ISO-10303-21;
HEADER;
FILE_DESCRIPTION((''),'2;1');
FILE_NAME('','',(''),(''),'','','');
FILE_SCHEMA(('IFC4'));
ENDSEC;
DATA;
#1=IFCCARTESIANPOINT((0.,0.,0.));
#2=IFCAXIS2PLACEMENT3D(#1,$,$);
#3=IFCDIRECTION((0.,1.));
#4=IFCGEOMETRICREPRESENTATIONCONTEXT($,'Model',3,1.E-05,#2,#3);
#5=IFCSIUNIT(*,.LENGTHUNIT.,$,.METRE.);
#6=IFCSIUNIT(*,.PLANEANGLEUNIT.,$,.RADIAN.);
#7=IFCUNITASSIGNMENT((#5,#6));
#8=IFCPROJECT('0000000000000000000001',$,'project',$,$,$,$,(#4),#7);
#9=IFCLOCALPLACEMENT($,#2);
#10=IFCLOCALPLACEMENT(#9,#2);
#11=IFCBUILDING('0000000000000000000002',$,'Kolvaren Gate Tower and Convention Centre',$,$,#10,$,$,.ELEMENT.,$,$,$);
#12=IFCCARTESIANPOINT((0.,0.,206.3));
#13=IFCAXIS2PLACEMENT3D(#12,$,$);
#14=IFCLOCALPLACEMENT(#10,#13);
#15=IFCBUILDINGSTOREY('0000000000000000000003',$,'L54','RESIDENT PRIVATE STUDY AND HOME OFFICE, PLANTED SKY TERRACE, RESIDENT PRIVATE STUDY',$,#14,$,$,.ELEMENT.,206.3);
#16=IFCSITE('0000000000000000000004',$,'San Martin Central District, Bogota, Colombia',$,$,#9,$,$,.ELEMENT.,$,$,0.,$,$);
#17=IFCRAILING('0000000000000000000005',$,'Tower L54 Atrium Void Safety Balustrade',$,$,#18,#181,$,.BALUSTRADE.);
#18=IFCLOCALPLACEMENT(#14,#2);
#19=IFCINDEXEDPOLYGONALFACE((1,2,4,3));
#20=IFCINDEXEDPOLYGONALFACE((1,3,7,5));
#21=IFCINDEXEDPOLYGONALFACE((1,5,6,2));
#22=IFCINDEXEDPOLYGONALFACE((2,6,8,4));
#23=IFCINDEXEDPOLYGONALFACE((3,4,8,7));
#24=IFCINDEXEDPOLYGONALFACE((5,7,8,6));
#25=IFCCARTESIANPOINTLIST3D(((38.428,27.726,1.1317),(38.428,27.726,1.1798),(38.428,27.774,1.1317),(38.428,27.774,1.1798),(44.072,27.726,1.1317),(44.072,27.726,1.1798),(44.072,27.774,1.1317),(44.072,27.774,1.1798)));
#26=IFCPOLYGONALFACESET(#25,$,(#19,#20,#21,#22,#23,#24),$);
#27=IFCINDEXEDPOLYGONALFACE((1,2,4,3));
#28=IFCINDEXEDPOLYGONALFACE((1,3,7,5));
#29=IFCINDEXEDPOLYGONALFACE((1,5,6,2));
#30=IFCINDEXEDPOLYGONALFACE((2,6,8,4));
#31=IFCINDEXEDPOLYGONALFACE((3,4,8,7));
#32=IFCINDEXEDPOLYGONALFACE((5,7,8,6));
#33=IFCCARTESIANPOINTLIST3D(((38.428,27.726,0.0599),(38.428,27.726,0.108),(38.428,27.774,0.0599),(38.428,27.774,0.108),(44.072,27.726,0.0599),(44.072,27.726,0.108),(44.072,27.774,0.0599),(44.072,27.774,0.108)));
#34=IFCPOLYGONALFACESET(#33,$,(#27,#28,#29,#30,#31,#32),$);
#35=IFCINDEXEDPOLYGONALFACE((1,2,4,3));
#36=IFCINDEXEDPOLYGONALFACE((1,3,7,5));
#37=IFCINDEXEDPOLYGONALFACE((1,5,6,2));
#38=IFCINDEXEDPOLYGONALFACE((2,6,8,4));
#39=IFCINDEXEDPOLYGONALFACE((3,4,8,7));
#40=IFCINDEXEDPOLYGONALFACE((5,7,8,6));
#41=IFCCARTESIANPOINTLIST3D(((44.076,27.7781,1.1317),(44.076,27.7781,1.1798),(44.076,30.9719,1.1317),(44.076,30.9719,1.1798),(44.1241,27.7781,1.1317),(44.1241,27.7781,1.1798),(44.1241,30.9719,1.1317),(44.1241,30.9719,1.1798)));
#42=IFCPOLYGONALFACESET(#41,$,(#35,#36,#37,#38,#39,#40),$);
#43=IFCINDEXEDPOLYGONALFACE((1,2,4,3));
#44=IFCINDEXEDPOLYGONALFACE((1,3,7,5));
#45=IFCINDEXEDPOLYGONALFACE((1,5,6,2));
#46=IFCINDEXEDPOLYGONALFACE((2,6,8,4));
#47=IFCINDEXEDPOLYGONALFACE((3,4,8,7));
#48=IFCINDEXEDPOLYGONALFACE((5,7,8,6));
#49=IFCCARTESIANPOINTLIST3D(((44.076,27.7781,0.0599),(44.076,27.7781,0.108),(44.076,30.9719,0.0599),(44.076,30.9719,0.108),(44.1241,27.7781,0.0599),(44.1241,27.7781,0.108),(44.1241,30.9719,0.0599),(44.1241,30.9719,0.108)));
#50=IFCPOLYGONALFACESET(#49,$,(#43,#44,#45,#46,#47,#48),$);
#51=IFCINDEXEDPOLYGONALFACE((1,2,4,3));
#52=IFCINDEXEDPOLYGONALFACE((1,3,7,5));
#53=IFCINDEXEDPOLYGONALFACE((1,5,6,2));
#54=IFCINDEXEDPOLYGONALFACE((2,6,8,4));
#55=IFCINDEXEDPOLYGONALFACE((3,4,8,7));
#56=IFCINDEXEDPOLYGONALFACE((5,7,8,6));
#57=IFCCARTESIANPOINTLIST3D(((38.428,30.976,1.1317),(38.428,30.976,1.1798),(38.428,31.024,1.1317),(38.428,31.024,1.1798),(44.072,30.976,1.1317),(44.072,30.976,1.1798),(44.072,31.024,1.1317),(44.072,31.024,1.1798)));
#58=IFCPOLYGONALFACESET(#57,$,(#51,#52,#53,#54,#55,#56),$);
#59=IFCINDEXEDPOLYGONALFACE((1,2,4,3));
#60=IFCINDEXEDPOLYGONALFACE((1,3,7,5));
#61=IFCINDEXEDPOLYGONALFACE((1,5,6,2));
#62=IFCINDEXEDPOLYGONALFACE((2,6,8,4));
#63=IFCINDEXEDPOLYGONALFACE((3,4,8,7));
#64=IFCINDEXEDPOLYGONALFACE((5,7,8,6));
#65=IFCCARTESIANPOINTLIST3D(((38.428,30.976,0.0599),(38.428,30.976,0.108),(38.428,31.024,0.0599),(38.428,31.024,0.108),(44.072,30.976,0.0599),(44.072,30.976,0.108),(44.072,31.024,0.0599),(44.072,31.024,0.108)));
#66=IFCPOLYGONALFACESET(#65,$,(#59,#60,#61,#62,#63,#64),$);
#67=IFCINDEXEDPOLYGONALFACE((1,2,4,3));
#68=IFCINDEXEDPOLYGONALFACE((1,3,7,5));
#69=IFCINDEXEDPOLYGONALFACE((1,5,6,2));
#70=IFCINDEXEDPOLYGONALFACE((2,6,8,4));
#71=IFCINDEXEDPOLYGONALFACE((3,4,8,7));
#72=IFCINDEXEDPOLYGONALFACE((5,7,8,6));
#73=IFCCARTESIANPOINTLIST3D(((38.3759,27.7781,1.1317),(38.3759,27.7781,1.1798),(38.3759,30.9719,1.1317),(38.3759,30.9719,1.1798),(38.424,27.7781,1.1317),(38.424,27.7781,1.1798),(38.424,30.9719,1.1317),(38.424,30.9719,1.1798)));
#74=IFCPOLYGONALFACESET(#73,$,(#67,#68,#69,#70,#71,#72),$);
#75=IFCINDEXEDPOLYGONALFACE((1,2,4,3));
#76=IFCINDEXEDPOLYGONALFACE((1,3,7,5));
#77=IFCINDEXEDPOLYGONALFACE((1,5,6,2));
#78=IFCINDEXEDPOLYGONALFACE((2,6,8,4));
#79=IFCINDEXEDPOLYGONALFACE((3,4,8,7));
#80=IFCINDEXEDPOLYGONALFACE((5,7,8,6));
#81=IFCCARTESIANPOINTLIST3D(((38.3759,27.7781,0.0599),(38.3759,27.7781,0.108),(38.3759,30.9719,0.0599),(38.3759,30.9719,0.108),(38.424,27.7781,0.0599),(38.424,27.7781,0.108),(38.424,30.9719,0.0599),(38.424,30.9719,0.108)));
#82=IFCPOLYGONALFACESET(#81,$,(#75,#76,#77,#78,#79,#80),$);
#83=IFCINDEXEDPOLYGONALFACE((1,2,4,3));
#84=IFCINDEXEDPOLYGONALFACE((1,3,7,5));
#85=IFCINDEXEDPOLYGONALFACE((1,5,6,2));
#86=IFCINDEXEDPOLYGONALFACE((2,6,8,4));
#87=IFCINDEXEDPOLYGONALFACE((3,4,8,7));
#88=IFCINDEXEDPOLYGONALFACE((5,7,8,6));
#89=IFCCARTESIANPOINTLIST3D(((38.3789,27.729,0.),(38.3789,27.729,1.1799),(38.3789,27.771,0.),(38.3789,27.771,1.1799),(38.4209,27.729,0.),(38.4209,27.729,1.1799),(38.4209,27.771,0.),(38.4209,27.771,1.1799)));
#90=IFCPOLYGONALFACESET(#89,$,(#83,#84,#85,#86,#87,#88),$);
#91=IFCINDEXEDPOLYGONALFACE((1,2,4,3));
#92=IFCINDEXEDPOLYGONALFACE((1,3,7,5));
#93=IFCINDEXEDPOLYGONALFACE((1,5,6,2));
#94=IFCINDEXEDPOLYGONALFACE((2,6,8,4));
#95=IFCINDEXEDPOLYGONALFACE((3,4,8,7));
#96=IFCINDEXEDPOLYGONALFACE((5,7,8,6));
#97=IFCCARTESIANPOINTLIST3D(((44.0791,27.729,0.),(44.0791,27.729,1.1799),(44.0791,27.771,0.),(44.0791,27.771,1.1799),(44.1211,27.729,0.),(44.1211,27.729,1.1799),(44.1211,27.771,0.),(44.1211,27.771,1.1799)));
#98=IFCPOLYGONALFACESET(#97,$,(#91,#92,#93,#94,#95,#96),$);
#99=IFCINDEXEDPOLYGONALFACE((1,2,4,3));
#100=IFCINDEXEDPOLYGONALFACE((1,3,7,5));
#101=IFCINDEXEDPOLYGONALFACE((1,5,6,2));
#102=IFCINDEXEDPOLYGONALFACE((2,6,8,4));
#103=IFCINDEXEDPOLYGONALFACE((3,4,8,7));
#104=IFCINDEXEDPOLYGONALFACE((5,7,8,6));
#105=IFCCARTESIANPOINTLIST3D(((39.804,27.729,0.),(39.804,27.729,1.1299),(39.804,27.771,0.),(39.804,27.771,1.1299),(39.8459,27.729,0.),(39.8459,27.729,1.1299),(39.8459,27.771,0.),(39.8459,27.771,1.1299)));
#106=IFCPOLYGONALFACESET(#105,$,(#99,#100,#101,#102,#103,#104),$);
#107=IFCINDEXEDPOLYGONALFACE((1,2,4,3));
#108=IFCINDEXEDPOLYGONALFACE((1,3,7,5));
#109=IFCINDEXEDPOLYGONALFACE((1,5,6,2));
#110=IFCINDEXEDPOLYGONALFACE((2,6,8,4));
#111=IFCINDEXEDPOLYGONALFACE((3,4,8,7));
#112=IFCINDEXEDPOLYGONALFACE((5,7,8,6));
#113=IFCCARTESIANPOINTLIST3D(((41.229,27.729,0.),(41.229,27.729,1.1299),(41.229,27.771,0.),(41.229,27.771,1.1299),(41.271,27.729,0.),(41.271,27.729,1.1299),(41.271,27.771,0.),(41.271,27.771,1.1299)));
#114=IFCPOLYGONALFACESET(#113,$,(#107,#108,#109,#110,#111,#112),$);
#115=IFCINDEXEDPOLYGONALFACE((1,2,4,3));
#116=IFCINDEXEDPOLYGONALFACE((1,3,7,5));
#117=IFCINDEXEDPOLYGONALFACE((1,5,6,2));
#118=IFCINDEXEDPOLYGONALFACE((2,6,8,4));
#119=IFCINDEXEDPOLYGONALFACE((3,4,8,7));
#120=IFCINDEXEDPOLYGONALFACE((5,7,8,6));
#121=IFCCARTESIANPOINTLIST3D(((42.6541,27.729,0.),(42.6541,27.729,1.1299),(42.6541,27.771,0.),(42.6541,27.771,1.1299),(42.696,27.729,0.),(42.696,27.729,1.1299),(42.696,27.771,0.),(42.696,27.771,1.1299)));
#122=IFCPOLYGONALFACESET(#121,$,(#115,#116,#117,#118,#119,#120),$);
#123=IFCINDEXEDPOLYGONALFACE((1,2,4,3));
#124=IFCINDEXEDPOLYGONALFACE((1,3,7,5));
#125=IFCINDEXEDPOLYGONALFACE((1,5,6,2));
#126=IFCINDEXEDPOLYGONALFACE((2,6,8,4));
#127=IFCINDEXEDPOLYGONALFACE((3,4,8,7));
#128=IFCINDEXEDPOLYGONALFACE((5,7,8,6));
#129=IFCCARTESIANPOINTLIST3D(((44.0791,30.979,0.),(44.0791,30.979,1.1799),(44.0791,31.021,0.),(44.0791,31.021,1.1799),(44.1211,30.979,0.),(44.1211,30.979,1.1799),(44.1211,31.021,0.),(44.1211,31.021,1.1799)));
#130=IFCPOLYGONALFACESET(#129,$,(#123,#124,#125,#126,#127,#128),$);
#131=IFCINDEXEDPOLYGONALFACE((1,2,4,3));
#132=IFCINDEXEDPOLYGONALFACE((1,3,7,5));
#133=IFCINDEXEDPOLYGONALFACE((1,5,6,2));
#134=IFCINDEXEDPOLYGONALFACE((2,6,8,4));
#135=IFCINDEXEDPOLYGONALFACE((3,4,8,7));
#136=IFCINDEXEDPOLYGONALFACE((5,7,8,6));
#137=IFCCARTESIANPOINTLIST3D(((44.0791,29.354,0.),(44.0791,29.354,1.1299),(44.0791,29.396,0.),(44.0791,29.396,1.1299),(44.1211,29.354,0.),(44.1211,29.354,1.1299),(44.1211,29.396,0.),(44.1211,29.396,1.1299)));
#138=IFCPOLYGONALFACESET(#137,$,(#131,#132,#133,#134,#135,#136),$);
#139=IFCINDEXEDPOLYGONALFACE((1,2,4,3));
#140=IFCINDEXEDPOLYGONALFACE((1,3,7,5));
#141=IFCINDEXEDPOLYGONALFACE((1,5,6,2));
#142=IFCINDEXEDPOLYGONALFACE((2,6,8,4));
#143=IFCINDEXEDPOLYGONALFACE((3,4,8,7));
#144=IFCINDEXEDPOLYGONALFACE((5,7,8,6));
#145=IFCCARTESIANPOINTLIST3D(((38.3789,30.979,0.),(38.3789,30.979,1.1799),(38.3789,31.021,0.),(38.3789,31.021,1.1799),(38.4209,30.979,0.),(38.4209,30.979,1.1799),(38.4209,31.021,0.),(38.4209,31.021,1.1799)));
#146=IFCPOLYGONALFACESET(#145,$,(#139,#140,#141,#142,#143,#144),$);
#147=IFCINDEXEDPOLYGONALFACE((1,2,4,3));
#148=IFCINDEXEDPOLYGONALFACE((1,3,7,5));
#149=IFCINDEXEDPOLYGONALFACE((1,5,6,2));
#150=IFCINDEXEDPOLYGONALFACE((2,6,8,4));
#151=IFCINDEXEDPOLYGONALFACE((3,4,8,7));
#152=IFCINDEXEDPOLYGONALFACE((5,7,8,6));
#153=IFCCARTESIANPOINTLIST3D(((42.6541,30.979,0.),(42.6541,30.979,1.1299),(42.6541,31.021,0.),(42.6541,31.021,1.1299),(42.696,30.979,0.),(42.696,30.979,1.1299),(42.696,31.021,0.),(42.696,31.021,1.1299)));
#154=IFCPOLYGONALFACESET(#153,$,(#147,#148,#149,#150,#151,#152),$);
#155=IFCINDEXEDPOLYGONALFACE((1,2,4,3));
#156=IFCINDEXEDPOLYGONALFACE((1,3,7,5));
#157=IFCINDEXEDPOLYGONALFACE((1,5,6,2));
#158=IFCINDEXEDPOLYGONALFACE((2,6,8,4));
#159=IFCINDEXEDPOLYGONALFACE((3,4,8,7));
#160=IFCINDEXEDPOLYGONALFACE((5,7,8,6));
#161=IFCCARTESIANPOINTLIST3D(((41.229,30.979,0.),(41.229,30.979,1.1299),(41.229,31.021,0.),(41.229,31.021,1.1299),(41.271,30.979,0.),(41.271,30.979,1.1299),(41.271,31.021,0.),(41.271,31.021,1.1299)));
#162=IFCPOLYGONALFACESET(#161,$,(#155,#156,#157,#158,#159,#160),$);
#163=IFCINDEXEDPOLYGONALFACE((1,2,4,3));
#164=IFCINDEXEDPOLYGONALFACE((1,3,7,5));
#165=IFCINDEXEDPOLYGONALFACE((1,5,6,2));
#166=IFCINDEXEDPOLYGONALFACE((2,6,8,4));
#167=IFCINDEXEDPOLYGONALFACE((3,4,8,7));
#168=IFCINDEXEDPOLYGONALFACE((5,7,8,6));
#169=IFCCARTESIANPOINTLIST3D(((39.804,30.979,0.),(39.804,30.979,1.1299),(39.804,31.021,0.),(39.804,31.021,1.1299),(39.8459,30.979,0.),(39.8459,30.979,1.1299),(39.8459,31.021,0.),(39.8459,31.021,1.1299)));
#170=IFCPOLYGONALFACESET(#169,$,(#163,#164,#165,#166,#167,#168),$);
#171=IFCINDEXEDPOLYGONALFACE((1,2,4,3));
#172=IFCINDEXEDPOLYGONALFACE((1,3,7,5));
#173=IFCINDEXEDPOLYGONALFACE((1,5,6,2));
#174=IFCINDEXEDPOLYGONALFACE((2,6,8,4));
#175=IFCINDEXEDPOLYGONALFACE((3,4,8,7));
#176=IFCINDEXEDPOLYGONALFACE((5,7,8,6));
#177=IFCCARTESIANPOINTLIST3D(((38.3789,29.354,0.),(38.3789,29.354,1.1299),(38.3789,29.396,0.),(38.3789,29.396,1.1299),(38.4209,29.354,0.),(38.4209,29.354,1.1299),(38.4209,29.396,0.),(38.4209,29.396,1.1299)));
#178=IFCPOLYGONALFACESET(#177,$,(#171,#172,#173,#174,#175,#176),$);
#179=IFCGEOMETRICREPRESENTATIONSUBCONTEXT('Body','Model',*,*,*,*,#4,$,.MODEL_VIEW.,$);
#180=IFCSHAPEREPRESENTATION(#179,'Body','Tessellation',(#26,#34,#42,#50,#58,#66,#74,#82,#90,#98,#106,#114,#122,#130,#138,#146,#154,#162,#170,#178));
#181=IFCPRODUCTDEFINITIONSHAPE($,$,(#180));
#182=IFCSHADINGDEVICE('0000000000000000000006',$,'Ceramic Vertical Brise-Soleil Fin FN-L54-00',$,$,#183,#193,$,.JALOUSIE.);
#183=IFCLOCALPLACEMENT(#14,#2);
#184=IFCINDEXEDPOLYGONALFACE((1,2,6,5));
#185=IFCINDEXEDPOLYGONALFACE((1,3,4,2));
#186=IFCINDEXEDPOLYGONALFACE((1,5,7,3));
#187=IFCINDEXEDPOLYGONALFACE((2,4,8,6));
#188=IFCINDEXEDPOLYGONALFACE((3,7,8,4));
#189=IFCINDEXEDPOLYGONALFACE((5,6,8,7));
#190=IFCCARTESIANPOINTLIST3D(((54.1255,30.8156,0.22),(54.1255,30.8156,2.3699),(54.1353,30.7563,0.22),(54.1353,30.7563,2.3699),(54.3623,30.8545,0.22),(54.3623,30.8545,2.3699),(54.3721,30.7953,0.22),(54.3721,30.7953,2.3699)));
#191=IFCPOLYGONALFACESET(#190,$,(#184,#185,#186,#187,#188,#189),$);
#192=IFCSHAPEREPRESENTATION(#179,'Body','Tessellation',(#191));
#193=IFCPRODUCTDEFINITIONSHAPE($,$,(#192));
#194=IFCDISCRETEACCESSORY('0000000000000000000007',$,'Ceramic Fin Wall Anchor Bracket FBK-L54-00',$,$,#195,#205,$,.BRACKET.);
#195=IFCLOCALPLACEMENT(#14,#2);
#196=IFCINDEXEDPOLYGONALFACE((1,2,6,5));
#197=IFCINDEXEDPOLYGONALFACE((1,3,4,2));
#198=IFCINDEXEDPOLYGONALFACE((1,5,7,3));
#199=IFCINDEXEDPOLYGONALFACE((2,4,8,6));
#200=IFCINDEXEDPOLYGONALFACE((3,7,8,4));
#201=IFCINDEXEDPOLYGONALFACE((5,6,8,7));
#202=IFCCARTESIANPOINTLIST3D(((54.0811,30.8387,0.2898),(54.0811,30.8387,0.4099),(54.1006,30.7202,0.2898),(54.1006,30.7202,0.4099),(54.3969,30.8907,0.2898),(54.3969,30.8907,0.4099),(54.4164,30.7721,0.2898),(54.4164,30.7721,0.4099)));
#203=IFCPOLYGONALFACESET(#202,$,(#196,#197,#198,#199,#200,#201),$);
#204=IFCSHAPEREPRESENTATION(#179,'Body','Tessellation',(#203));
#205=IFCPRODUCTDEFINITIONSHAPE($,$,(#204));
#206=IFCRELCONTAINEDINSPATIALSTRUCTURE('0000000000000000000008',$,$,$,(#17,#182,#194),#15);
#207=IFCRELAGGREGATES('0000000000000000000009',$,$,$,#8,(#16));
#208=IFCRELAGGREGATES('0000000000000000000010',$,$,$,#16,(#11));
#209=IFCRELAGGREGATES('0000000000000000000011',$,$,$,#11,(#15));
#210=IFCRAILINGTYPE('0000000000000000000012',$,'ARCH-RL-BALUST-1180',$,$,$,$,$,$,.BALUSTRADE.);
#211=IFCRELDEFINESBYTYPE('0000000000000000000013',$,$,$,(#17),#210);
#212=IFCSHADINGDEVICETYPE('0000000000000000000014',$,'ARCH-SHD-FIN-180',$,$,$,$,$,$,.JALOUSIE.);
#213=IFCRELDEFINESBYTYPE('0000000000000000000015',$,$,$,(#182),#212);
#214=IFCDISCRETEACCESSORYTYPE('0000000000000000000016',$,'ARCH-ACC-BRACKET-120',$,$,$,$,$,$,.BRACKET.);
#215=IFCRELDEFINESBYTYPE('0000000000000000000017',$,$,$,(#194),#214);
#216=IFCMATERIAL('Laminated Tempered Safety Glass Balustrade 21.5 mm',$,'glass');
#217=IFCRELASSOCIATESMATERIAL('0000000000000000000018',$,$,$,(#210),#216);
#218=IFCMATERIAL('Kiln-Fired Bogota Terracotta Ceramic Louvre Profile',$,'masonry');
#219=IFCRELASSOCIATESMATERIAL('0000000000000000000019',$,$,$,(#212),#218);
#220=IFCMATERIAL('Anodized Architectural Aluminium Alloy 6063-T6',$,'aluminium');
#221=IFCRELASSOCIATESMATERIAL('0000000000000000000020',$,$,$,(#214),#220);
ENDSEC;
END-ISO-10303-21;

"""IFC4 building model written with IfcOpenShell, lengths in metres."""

from ifc_helpers import new_model, si_unit, direction, frame, origin, origin_2d, place, context, subcontext, project, spatial, rectangle, extrude, material, type_object, element, save


model = new_model("IFC4")

# Units and contexts
model_context = context("Model", 3, precision=1e-05, world=origin(), true_north=direction((0.0, 1.0)))
body_context = subcontext(model_context, "Body", "Model", "MODEL_VIEW")
ifc_project = project(units=[si_unit("LENGTHUNIT", "METRE"), si_unit("PLANEANGLEUNIT", "RADIAN")], contexts=[model_context])

# Site, building, storey
site_placement = place(None, origin())
site = spatial("IfcSite", under=ifc_project, at=site_placement, Name="San Martin Central District, Bogota, Colombia", CompositionType="ELEMENT", RefElevation=0.0)
building_placement = place(site_placement, origin())
building = spatial("IfcBuilding", under=site, at=building_placement, Name="Kolvaren Gate Tower and Convention Centre", CompositionType="ELEMENT")
storey_placement = place(building_placement, frame((0.0, 0.0, 206.3)))
storey = spatial("IfcBuildingStorey", under=building, at=storey_placement, Name="L54", Description="RESIDENT PRIVATE STUDY AND HOME OFFICE, PLANTED SKY TERRACE, RESIDENT PRIVATE STUDY", CompositionType="ELEMENT", Elevation=206.3)

# Railing
ifc_material_1 = material(Name="Laminated Tempered Safety Glass Balustrade 21.5 mm", Category="glass")
railing_type_1 = type_object("IfcRailingType", Name="ARCH-RL-BALUST-1180", PredefinedType="BALUSTRADE", material=ifc_material_1)
railing_1_placement = place(storey_placement, frame((38.3999, 27.75, 0.0)))
element("IfcRailing", 1, at=railing_1_placement, inside=storey, type_object=railing_type_1, Name="Tower L54 Atrium Void Safety Balustrade", PredefinedType="BALUSTRADE", context=body_context, shape_type="SweptSolid", body=[
    extrude(rectangle(XDim=0.0481, YDim=0.0481, at=origin_2d()), frame((0.0281, 0.0, 1.1558), z_axis=(1.0, 0.0, 0.0), x_axis=(0.0, 1.0, 0.0)), (0.0, 0.0, 1.0), 5.644),
    extrude(rectangle(XDim=0.0481, YDim=0.0481, at=origin_2d()), frame((0.0281, 0.0, 0.084), z_axis=(1.0, 0.0, 0.0), x_axis=(0.0, 1.0, 0.0)), (0.0, 0.0, 1.0), 5.644),
    extrude(rectangle(XDim=0.0481, YDim=0.0481, at=origin_2d()), frame((5.7002, 0.0281, 1.1558), z_axis=(0.0, 1.0, 0.0), x_axis=(-1.0, 0.0, 0.0)), (0.0, 0.0, 1.0), 3.1938),
    extrude(rectangle(XDim=0.0481, YDim=0.0481, at=origin_2d()), frame((5.7002, 0.0281, 0.084), z_axis=(0.0, 1.0, 0.0), x_axis=(-1.0, 0.0, 0.0)), (0.0, 0.0, 1.0), 3.1938),
    extrude(rectangle(XDim=0.0481, YDim=0.0481, at=origin_2d()), frame((5.6721, 3.25, 1.1558), z_axis=(-1.0, 0.0, 0.0), x_axis=(0.0, -1.0, 0.0)), (0.0, 0.0, 1.0), 5.644),
    extrude(rectangle(XDim=0.0481, YDim=0.0481, at=origin_2d()), frame((5.6721, 3.25, 0.084), z_axis=(-1.0, 0.0, 0.0), x_axis=(0.0, -1.0, 0.0)), (0.0, 0.0, 1.0), 5.644),
    extrude(rectangle(XDim=0.0481, YDim=0.0481, at=origin_2d()), frame((0.0, 3.2219, 1.1558), z_axis=(0.0, -1.0, 0.0), x_axis=(1.0, 0.0, 0.0)), (0.0, 0.0, 1.0), 3.1938),
    extrude(rectangle(XDim=0.0481, YDim=0.0481, at=origin_2d()), frame((0.0, 3.2219, 0.084), z_axis=(0.0, -1.0, 0.0), x_axis=(1.0, 0.0, 0.0)), (0.0, 0.0, 1.0), 3.1938),
    extrude(rectangle(XDim=0.042, YDim=0.042, at=origin_2d()), origin(), (0.0, 0.0, 1.0), 1.1799),
    extrude(rectangle(XDim=0.042, YDim=0.042, at=origin_2d()), frame((5.7002, 0.0, 0.0)), (0.0, 0.0, 1.0), 1.1799),
    extrude(rectangle(XDim=0.042, YDim=0.042, at=origin_2d()), frame((1.425, 0.0, 0.0)), (0.0, 0.0, 1.0), 1.1299),
    extrude(rectangle(XDim=0.042, YDim=0.042, at=origin_2d()), frame((2.8501, 0.0, 0.0)), (0.0, 0.0, 1.0), 1.1299),
    extrude(rectangle(XDim=0.042, YDim=0.042, at=origin_2d()), frame((4.2751, 0.0, 0.0)), (0.0, 0.0, 1.0), 1.1299),
    extrude(rectangle(XDim=0.042, YDim=0.042, at=origin_2d()), frame((5.7002, 3.25, 0.0)), (0.0, 0.0, 1.0), 1.1799),
    extrude(rectangle(XDim=0.042, YDim=0.042, at=origin_2d()), frame((5.7002, 1.625, 0.0)), (0.0, 0.0, 1.0), 1.1299),
    extrude(rectangle(XDim=0.042, YDim=0.042, at=origin_2d()), frame((0.0, 3.25, 0.0)), (0.0, 0.0, 1.0), 1.1799),
    extrude(rectangle(XDim=0.042, YDim=0.042, at=origin_2d()), frame((4.2751, 3.25, 0.0)), (0.0, 0.0, 1.0), 1.1299),
    extrude(rectangle(XDim=0.042, YDim=0.042, at=origin_2d()), frame((2.8501, 3.25, 0.0)), (0.0, 0.0, 1.0), 1.1299),
    extrude(rectangle(XDim=0.042, YDim=0.042, at=origin_2d()), frame((1.425, 3.25, 0.0)), (0.0, 0.0, 1.0), 1.1299),
    extrude(rectangle(XDim=0.042, YDim=0.042, at=origin_2d()), frame((0.0, 1.625, 0.0)), (0.0, 0.0, 1.0), 1.1299),
])

# Shading device
ifc_material_2 = material(Name="Kiln-Fired Bogota Terracotta Ceramic Louvre Profile", Category="masonry")
shading_device_type = type_object("IfcShadingDeviceType", Name="ARCH-SHD-FIN-180", PredefinedType="JALOUSIE", material=ifc_material_2)
shading_device_placement = place(storey_placement, frame((54.2488, 30.8054, 0.22), z_axis=(0.0, 0.0, 1.0), x_axis=(0.162375, -0.986729, 0.0)))
element("IfcShadingDevice", 2, at=shading_device_placement, inside=storey, type_object=shading_device_type, Name="Ceramic Vertical Brise-Soleil Fin FN-L54-00", PredefinedType="JALOUSIE", context=body_context, shape_type="SweptSolid", body=[
    extrude(rectangle(XDim=0.0601, YDim=0.24, at=origin_2d()), origin(), (0.0, 0.0, 1.0), 2.1499),
])

# Discrete accessory
ifc_material_3 = material(Name="Anodized Architectural Aluminium Alloy 6063-T6", Category="aluminium")
discrete_accessory_type = type_object("IfcDiscreteAccessoryType", Name="ARCH-ACC-BRACKET-120", PredefinedType="BRACKET", material=ifc_material_3)
discrete_accessory_placement = place(storey_placement, frame((54.2488, 30.8054, 0.2898), z_axis=(0.0, 0.0, 1.0), x_axis=(0.162375, -0.986729, 0.0)))
element("IfcDiscreteAccessory", 3, at=discrete_accessory_placement, inside=storey, type_object=discrete_accessory_type, Name="Ceramic Fin Wall Anchor Bracket FBK-L54-00", PredefinedType="BRACKET", context=body_context, shape_type="SweptSolid", body=[
    extrude(rectangle(XDim=0.1201, YDim=0.3201, at=origin_2d()), origin(), (0.0, 0.0, 1.0), 0.1201),
])

save(model, "model.ifc")
